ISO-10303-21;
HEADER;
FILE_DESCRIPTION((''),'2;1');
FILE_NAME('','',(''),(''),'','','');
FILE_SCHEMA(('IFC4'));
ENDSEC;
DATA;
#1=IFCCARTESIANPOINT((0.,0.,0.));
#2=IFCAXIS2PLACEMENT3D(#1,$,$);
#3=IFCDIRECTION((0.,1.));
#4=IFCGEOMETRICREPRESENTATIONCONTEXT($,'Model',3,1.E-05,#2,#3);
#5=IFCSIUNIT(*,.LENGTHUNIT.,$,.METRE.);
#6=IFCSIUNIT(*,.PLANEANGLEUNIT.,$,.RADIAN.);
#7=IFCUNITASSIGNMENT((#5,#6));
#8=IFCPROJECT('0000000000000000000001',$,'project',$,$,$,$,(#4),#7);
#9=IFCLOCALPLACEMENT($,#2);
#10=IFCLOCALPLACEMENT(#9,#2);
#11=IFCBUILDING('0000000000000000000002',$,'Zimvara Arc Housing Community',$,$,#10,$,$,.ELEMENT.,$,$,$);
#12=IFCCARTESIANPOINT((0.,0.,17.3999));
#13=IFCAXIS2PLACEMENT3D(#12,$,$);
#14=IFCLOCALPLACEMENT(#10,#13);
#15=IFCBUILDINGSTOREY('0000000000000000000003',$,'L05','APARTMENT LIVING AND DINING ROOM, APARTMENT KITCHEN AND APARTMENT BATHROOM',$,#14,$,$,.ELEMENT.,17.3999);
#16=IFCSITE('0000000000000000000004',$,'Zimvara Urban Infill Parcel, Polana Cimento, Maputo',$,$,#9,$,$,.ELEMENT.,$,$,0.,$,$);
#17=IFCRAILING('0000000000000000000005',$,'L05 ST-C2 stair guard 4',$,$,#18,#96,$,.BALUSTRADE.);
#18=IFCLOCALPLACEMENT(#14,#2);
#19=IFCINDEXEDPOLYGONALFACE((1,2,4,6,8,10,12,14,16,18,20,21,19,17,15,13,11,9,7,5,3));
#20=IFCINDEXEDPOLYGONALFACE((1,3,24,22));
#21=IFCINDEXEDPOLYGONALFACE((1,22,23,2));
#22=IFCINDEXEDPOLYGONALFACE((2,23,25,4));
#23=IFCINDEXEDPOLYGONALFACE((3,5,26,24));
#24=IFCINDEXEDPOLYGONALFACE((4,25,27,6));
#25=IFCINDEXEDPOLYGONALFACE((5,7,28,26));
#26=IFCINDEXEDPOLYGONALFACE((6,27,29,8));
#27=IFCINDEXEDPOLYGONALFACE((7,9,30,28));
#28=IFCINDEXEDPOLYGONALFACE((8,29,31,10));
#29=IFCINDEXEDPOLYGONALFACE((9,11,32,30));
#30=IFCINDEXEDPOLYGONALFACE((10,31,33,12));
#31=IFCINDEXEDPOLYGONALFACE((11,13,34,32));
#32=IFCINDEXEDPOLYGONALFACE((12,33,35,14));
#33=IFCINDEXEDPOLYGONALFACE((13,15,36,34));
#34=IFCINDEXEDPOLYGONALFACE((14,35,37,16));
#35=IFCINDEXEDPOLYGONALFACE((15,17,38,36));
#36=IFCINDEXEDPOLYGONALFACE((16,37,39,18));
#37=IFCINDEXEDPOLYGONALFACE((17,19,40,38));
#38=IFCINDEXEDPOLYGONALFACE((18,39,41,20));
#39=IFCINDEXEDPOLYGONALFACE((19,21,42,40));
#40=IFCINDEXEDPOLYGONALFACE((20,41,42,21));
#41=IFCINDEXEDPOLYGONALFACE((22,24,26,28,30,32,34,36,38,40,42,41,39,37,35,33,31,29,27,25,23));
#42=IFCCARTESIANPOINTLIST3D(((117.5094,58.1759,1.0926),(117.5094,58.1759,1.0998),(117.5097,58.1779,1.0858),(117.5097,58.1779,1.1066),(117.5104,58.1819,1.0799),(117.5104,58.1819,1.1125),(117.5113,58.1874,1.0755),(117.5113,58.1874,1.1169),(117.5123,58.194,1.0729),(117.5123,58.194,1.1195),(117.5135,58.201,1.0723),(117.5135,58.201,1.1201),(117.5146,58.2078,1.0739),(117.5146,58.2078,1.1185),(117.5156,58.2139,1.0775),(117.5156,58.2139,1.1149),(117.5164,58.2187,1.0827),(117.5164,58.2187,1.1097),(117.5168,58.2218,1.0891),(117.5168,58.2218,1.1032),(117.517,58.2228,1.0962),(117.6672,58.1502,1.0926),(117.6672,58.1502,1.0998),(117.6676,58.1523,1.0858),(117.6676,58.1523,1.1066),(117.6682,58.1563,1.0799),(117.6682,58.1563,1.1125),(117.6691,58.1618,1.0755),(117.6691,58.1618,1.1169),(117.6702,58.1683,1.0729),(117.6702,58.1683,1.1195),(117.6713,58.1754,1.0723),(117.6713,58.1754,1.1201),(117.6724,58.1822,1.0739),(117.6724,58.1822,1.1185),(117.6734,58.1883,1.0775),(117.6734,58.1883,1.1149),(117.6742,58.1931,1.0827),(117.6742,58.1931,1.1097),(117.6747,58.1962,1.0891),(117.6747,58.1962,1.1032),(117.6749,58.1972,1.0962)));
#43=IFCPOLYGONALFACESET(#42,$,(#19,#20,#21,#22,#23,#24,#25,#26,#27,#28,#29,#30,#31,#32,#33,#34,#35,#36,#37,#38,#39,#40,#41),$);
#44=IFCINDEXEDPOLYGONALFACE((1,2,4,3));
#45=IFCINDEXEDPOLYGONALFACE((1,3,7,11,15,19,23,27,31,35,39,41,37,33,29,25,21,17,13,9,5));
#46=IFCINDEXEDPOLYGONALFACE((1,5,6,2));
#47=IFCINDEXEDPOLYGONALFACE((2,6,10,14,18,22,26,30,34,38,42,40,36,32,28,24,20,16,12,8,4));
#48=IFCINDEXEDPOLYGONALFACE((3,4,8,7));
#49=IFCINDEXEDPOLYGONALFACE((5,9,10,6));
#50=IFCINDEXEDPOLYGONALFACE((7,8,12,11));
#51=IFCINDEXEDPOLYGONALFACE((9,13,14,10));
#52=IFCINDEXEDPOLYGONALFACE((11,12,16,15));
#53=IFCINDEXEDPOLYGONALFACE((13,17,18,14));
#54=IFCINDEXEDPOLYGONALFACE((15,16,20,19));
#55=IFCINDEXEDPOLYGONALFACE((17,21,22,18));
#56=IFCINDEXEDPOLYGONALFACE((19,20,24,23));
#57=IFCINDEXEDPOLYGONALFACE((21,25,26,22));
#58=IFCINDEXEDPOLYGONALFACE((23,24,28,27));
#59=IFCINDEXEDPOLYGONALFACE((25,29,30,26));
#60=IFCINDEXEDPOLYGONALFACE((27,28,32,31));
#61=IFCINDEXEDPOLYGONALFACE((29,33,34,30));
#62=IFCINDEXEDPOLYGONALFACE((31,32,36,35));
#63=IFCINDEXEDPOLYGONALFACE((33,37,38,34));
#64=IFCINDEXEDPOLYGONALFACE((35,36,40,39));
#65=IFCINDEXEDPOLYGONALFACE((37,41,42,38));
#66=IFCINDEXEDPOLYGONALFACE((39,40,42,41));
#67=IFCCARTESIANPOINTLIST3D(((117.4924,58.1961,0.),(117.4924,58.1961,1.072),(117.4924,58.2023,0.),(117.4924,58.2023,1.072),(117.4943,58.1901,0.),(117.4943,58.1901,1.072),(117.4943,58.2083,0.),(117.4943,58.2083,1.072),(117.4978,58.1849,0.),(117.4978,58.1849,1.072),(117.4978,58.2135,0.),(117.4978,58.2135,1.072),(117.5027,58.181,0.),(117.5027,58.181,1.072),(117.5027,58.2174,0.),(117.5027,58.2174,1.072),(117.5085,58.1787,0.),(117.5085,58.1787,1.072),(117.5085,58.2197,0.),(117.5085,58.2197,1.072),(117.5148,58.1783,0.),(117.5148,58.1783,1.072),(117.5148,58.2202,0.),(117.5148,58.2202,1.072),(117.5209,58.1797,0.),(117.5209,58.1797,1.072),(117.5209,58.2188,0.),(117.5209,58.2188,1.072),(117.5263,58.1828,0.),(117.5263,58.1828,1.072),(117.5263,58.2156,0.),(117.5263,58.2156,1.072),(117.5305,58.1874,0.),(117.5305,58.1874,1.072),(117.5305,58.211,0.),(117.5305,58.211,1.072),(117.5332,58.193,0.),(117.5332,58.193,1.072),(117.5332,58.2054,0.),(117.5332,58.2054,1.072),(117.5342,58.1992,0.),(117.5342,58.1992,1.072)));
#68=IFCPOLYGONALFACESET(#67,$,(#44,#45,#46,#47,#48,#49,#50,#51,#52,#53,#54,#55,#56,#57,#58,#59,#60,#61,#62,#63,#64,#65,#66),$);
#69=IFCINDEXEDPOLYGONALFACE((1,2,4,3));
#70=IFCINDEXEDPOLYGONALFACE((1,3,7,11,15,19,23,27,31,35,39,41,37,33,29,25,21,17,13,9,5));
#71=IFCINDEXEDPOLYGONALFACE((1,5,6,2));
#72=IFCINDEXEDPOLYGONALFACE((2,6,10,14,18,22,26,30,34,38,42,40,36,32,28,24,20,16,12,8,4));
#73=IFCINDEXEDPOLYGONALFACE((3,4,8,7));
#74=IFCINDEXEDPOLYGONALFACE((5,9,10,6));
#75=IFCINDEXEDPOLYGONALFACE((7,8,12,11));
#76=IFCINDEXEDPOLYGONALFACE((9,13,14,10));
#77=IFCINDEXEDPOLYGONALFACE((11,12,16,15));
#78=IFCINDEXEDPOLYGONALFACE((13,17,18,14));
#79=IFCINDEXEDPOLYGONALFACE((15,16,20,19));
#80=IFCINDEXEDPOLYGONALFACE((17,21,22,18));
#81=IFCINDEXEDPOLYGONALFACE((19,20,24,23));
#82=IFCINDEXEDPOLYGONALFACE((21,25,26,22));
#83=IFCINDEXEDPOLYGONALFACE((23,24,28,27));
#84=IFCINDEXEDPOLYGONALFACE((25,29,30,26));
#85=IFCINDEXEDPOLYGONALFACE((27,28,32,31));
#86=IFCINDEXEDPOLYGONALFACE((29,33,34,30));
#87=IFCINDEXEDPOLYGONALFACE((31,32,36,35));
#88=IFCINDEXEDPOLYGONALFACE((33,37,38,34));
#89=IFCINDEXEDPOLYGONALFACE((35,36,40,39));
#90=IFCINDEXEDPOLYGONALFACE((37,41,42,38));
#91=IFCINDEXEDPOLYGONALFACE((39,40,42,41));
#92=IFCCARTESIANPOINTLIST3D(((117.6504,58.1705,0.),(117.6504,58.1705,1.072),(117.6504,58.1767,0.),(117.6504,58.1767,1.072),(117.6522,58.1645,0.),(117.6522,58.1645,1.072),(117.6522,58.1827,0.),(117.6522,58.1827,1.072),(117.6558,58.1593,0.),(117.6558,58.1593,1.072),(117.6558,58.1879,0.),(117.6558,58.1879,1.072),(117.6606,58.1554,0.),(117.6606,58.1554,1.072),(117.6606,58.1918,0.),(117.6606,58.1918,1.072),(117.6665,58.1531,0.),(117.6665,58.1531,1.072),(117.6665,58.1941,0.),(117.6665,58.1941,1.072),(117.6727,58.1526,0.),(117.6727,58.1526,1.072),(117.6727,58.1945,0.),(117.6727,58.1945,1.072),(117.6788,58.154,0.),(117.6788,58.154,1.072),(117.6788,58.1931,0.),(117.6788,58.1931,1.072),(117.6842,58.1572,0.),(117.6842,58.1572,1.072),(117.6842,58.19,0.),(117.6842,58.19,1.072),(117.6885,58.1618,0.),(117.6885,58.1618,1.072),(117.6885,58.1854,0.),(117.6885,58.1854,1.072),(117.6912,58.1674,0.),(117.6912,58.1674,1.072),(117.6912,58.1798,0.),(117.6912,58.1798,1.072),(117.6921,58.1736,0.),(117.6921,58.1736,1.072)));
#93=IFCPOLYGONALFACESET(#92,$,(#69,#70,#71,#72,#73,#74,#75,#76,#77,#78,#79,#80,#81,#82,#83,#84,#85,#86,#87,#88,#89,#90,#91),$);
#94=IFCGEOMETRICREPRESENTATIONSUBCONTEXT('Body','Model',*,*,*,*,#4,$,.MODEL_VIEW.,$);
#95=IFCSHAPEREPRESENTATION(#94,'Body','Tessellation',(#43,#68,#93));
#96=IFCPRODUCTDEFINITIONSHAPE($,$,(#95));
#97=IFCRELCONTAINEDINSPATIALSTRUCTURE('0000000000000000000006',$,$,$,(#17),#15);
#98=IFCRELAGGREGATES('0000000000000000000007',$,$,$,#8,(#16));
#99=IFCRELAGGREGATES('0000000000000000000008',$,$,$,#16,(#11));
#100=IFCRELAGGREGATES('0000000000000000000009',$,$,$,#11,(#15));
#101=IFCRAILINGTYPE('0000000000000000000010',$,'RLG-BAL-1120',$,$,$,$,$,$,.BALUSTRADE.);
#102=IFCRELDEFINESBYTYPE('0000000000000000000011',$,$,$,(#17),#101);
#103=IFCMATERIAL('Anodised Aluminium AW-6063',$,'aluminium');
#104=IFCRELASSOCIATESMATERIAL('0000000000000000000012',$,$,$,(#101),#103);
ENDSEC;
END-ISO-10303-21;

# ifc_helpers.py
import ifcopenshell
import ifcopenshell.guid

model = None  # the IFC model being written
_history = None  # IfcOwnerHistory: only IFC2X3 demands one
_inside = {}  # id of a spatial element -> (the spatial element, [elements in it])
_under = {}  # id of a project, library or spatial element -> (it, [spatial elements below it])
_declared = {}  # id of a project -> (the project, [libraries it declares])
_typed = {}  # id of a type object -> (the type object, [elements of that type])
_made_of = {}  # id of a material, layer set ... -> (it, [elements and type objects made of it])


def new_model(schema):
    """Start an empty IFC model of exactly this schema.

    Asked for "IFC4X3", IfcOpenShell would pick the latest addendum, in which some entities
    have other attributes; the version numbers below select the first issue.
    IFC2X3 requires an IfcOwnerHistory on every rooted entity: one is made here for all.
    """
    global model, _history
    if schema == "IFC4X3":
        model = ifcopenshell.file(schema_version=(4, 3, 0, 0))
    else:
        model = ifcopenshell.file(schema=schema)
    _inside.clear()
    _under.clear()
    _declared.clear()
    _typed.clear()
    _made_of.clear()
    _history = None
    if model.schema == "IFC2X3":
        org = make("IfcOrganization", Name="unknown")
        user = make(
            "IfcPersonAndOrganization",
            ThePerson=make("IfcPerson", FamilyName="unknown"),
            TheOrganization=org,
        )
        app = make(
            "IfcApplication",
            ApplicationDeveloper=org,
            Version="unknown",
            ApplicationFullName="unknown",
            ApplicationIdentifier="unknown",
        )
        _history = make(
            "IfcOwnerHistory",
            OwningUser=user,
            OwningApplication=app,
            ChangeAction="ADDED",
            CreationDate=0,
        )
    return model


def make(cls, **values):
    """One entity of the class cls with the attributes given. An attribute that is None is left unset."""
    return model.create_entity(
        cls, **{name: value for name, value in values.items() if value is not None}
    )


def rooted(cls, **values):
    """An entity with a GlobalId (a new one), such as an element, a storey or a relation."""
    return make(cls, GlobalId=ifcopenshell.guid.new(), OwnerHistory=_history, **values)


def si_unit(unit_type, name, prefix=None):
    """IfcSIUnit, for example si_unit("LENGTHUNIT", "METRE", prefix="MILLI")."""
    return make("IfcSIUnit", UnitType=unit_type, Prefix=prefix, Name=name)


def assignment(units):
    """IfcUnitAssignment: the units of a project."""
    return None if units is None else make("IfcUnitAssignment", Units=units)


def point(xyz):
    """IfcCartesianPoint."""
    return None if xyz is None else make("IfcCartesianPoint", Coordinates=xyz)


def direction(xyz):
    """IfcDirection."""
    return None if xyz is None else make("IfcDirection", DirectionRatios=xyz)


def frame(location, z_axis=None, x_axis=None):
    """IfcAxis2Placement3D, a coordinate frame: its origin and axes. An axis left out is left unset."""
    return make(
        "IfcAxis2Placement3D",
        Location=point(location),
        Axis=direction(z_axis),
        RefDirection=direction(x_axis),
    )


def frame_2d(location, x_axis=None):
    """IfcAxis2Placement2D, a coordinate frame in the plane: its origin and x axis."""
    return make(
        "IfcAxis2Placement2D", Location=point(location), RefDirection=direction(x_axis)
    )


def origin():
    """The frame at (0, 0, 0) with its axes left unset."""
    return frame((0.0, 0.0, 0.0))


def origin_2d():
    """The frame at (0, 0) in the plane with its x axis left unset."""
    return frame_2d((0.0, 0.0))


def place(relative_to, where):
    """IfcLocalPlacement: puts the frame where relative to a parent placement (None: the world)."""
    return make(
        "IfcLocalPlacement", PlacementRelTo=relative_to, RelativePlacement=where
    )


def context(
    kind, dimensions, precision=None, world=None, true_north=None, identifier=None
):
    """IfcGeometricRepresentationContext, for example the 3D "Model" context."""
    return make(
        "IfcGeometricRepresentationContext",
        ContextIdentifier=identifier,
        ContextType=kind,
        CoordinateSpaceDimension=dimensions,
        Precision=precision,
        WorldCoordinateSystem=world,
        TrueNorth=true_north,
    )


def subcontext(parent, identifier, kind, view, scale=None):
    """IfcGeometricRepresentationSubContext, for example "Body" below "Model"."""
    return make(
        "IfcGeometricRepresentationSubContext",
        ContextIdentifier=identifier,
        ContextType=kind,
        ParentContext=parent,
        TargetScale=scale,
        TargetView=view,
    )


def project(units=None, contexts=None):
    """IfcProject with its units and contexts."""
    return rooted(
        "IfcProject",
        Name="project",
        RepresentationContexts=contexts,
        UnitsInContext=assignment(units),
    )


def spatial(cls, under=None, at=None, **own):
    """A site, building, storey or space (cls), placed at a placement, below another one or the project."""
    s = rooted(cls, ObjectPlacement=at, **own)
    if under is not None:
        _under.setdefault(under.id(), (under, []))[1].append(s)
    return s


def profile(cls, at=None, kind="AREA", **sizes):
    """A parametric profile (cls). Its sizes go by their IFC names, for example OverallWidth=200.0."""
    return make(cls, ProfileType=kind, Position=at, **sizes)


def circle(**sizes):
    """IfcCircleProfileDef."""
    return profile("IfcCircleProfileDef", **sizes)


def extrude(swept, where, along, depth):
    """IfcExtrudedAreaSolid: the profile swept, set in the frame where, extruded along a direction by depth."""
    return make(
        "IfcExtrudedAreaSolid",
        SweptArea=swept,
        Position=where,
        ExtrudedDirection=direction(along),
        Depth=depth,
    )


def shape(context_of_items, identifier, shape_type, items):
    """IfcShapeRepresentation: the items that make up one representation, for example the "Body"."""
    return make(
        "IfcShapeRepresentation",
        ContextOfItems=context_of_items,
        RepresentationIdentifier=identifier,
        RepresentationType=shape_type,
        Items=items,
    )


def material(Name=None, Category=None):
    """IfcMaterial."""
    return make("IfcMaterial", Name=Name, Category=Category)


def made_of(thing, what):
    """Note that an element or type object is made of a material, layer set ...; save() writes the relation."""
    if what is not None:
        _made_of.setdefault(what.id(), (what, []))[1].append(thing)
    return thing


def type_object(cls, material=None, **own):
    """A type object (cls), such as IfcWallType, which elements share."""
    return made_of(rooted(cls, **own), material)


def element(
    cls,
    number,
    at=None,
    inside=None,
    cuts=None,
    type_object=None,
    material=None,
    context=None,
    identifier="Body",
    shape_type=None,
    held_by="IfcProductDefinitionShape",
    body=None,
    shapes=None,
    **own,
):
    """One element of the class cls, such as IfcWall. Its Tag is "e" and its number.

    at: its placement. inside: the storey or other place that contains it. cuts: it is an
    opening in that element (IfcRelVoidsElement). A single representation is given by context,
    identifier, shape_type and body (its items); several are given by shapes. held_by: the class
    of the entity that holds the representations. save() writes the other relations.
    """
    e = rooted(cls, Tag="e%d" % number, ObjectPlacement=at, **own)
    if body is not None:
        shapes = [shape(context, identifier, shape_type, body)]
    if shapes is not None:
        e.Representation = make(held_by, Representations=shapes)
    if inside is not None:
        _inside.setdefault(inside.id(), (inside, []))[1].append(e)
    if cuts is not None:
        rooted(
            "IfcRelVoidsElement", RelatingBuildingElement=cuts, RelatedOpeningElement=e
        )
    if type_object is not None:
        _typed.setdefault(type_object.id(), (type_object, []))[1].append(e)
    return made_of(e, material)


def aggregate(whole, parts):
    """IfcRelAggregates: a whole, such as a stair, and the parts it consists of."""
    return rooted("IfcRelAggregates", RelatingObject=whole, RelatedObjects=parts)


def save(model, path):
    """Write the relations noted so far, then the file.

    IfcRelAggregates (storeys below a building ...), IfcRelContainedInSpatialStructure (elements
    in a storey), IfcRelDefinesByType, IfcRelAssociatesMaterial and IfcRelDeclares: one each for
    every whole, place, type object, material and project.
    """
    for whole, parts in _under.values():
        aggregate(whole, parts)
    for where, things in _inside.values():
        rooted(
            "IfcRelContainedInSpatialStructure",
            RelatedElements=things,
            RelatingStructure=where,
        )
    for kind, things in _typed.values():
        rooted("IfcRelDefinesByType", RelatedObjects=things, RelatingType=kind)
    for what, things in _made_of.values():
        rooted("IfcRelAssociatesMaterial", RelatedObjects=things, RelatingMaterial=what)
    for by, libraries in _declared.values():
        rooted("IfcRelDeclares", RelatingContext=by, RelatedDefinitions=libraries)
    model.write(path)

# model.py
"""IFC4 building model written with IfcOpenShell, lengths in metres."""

from ifc_helpers import new_model, si_unit, direction, frame, origin, origin_2d, place, context, subcontext, project, spatial, circle, extrude, material, type_object, element, save


model = new_model("IFC4")

# Units and contexts
model_context = context("Model", 3, precision=1e-05, world=origin(), true_north=direction((0.0, 1.0)))
body_context = subcontext(model_context, "Body", "Model", "MODEL_VIEW")
ifc_project = project(units=[si_unit("LENGTHUNIT", "METRE"), si_unit("PLANEANGLEUNIT", "RADIAN")], contexts=[model_context])

# Site, building, storey
site_placement = place(None, origin())
site = spatial("IfcSite", under=ifc_project, at=site_placement, Name="Zimvara Urban Infill Parcel, Polana Cimento, Maputo", CompositionType="ELEMENT", RefElevation=0.0)
building_placement = place(site_placement, origin())
building = spatial("IfcBuilding", under=site, at=building_placement, Name="Zimvara Arc Housing Community", CompositionType="ELEMENT")
storey_placement = place(building_placement, frame((0.0, 0.0, 17.3999)))
storey = spatial("IfcBuildingStorey", under=building, at=storey_placement, Name="L05", Description="APARTMENT LIVING AND DINING ROOM, APARTMENT KITCHEN AND APARTMENT BATHROOM", CompositionType="ELEMENT", Elevation=17.3999)

# Railing
ifc_material_1 = material(Name="Anodised Aluminium AW-6063", Category="aluminium")
railing_type_1 = type_object("IfcRailingType", Name="RLG-BAL-1120", PredefinedType="BALUSTRADE", material=ifc_material_1)
railing_1_placement = place(storey_placement, frame((117.5132, 58.1992, 0.0)))
element("IfcRailing", 1, at=railing_1_placement, inside=storey, type_object=railing_type_1, Name="L05 ST-C2 stair guard 4", PredefinedType="BALUSTRADE", context=body_context, shape_type="SweptSolid", body=[
    extrude(circle(Radius=0.0239, at=origin_2d()), frame((0.0, 0.0, 1.0962), z_axis=(0.987086, -0.160192, 0.0), x_axis=(0.160192, 0.987086, 0.0)), (0.0, 0.0, 1.0), 0.1599),
    extrude(circle(Radius=0.021, at=origin_2d()), origin(), (0.0, 0.0, 1.0), 1.072),
    extrude(circle(Radius=0.021, at=origin_2d()), frame((0.158, -0.0256, 0.0)), (0.0, 0.0, 1.0), 1.072),
])

save(model, "model.ifc")
